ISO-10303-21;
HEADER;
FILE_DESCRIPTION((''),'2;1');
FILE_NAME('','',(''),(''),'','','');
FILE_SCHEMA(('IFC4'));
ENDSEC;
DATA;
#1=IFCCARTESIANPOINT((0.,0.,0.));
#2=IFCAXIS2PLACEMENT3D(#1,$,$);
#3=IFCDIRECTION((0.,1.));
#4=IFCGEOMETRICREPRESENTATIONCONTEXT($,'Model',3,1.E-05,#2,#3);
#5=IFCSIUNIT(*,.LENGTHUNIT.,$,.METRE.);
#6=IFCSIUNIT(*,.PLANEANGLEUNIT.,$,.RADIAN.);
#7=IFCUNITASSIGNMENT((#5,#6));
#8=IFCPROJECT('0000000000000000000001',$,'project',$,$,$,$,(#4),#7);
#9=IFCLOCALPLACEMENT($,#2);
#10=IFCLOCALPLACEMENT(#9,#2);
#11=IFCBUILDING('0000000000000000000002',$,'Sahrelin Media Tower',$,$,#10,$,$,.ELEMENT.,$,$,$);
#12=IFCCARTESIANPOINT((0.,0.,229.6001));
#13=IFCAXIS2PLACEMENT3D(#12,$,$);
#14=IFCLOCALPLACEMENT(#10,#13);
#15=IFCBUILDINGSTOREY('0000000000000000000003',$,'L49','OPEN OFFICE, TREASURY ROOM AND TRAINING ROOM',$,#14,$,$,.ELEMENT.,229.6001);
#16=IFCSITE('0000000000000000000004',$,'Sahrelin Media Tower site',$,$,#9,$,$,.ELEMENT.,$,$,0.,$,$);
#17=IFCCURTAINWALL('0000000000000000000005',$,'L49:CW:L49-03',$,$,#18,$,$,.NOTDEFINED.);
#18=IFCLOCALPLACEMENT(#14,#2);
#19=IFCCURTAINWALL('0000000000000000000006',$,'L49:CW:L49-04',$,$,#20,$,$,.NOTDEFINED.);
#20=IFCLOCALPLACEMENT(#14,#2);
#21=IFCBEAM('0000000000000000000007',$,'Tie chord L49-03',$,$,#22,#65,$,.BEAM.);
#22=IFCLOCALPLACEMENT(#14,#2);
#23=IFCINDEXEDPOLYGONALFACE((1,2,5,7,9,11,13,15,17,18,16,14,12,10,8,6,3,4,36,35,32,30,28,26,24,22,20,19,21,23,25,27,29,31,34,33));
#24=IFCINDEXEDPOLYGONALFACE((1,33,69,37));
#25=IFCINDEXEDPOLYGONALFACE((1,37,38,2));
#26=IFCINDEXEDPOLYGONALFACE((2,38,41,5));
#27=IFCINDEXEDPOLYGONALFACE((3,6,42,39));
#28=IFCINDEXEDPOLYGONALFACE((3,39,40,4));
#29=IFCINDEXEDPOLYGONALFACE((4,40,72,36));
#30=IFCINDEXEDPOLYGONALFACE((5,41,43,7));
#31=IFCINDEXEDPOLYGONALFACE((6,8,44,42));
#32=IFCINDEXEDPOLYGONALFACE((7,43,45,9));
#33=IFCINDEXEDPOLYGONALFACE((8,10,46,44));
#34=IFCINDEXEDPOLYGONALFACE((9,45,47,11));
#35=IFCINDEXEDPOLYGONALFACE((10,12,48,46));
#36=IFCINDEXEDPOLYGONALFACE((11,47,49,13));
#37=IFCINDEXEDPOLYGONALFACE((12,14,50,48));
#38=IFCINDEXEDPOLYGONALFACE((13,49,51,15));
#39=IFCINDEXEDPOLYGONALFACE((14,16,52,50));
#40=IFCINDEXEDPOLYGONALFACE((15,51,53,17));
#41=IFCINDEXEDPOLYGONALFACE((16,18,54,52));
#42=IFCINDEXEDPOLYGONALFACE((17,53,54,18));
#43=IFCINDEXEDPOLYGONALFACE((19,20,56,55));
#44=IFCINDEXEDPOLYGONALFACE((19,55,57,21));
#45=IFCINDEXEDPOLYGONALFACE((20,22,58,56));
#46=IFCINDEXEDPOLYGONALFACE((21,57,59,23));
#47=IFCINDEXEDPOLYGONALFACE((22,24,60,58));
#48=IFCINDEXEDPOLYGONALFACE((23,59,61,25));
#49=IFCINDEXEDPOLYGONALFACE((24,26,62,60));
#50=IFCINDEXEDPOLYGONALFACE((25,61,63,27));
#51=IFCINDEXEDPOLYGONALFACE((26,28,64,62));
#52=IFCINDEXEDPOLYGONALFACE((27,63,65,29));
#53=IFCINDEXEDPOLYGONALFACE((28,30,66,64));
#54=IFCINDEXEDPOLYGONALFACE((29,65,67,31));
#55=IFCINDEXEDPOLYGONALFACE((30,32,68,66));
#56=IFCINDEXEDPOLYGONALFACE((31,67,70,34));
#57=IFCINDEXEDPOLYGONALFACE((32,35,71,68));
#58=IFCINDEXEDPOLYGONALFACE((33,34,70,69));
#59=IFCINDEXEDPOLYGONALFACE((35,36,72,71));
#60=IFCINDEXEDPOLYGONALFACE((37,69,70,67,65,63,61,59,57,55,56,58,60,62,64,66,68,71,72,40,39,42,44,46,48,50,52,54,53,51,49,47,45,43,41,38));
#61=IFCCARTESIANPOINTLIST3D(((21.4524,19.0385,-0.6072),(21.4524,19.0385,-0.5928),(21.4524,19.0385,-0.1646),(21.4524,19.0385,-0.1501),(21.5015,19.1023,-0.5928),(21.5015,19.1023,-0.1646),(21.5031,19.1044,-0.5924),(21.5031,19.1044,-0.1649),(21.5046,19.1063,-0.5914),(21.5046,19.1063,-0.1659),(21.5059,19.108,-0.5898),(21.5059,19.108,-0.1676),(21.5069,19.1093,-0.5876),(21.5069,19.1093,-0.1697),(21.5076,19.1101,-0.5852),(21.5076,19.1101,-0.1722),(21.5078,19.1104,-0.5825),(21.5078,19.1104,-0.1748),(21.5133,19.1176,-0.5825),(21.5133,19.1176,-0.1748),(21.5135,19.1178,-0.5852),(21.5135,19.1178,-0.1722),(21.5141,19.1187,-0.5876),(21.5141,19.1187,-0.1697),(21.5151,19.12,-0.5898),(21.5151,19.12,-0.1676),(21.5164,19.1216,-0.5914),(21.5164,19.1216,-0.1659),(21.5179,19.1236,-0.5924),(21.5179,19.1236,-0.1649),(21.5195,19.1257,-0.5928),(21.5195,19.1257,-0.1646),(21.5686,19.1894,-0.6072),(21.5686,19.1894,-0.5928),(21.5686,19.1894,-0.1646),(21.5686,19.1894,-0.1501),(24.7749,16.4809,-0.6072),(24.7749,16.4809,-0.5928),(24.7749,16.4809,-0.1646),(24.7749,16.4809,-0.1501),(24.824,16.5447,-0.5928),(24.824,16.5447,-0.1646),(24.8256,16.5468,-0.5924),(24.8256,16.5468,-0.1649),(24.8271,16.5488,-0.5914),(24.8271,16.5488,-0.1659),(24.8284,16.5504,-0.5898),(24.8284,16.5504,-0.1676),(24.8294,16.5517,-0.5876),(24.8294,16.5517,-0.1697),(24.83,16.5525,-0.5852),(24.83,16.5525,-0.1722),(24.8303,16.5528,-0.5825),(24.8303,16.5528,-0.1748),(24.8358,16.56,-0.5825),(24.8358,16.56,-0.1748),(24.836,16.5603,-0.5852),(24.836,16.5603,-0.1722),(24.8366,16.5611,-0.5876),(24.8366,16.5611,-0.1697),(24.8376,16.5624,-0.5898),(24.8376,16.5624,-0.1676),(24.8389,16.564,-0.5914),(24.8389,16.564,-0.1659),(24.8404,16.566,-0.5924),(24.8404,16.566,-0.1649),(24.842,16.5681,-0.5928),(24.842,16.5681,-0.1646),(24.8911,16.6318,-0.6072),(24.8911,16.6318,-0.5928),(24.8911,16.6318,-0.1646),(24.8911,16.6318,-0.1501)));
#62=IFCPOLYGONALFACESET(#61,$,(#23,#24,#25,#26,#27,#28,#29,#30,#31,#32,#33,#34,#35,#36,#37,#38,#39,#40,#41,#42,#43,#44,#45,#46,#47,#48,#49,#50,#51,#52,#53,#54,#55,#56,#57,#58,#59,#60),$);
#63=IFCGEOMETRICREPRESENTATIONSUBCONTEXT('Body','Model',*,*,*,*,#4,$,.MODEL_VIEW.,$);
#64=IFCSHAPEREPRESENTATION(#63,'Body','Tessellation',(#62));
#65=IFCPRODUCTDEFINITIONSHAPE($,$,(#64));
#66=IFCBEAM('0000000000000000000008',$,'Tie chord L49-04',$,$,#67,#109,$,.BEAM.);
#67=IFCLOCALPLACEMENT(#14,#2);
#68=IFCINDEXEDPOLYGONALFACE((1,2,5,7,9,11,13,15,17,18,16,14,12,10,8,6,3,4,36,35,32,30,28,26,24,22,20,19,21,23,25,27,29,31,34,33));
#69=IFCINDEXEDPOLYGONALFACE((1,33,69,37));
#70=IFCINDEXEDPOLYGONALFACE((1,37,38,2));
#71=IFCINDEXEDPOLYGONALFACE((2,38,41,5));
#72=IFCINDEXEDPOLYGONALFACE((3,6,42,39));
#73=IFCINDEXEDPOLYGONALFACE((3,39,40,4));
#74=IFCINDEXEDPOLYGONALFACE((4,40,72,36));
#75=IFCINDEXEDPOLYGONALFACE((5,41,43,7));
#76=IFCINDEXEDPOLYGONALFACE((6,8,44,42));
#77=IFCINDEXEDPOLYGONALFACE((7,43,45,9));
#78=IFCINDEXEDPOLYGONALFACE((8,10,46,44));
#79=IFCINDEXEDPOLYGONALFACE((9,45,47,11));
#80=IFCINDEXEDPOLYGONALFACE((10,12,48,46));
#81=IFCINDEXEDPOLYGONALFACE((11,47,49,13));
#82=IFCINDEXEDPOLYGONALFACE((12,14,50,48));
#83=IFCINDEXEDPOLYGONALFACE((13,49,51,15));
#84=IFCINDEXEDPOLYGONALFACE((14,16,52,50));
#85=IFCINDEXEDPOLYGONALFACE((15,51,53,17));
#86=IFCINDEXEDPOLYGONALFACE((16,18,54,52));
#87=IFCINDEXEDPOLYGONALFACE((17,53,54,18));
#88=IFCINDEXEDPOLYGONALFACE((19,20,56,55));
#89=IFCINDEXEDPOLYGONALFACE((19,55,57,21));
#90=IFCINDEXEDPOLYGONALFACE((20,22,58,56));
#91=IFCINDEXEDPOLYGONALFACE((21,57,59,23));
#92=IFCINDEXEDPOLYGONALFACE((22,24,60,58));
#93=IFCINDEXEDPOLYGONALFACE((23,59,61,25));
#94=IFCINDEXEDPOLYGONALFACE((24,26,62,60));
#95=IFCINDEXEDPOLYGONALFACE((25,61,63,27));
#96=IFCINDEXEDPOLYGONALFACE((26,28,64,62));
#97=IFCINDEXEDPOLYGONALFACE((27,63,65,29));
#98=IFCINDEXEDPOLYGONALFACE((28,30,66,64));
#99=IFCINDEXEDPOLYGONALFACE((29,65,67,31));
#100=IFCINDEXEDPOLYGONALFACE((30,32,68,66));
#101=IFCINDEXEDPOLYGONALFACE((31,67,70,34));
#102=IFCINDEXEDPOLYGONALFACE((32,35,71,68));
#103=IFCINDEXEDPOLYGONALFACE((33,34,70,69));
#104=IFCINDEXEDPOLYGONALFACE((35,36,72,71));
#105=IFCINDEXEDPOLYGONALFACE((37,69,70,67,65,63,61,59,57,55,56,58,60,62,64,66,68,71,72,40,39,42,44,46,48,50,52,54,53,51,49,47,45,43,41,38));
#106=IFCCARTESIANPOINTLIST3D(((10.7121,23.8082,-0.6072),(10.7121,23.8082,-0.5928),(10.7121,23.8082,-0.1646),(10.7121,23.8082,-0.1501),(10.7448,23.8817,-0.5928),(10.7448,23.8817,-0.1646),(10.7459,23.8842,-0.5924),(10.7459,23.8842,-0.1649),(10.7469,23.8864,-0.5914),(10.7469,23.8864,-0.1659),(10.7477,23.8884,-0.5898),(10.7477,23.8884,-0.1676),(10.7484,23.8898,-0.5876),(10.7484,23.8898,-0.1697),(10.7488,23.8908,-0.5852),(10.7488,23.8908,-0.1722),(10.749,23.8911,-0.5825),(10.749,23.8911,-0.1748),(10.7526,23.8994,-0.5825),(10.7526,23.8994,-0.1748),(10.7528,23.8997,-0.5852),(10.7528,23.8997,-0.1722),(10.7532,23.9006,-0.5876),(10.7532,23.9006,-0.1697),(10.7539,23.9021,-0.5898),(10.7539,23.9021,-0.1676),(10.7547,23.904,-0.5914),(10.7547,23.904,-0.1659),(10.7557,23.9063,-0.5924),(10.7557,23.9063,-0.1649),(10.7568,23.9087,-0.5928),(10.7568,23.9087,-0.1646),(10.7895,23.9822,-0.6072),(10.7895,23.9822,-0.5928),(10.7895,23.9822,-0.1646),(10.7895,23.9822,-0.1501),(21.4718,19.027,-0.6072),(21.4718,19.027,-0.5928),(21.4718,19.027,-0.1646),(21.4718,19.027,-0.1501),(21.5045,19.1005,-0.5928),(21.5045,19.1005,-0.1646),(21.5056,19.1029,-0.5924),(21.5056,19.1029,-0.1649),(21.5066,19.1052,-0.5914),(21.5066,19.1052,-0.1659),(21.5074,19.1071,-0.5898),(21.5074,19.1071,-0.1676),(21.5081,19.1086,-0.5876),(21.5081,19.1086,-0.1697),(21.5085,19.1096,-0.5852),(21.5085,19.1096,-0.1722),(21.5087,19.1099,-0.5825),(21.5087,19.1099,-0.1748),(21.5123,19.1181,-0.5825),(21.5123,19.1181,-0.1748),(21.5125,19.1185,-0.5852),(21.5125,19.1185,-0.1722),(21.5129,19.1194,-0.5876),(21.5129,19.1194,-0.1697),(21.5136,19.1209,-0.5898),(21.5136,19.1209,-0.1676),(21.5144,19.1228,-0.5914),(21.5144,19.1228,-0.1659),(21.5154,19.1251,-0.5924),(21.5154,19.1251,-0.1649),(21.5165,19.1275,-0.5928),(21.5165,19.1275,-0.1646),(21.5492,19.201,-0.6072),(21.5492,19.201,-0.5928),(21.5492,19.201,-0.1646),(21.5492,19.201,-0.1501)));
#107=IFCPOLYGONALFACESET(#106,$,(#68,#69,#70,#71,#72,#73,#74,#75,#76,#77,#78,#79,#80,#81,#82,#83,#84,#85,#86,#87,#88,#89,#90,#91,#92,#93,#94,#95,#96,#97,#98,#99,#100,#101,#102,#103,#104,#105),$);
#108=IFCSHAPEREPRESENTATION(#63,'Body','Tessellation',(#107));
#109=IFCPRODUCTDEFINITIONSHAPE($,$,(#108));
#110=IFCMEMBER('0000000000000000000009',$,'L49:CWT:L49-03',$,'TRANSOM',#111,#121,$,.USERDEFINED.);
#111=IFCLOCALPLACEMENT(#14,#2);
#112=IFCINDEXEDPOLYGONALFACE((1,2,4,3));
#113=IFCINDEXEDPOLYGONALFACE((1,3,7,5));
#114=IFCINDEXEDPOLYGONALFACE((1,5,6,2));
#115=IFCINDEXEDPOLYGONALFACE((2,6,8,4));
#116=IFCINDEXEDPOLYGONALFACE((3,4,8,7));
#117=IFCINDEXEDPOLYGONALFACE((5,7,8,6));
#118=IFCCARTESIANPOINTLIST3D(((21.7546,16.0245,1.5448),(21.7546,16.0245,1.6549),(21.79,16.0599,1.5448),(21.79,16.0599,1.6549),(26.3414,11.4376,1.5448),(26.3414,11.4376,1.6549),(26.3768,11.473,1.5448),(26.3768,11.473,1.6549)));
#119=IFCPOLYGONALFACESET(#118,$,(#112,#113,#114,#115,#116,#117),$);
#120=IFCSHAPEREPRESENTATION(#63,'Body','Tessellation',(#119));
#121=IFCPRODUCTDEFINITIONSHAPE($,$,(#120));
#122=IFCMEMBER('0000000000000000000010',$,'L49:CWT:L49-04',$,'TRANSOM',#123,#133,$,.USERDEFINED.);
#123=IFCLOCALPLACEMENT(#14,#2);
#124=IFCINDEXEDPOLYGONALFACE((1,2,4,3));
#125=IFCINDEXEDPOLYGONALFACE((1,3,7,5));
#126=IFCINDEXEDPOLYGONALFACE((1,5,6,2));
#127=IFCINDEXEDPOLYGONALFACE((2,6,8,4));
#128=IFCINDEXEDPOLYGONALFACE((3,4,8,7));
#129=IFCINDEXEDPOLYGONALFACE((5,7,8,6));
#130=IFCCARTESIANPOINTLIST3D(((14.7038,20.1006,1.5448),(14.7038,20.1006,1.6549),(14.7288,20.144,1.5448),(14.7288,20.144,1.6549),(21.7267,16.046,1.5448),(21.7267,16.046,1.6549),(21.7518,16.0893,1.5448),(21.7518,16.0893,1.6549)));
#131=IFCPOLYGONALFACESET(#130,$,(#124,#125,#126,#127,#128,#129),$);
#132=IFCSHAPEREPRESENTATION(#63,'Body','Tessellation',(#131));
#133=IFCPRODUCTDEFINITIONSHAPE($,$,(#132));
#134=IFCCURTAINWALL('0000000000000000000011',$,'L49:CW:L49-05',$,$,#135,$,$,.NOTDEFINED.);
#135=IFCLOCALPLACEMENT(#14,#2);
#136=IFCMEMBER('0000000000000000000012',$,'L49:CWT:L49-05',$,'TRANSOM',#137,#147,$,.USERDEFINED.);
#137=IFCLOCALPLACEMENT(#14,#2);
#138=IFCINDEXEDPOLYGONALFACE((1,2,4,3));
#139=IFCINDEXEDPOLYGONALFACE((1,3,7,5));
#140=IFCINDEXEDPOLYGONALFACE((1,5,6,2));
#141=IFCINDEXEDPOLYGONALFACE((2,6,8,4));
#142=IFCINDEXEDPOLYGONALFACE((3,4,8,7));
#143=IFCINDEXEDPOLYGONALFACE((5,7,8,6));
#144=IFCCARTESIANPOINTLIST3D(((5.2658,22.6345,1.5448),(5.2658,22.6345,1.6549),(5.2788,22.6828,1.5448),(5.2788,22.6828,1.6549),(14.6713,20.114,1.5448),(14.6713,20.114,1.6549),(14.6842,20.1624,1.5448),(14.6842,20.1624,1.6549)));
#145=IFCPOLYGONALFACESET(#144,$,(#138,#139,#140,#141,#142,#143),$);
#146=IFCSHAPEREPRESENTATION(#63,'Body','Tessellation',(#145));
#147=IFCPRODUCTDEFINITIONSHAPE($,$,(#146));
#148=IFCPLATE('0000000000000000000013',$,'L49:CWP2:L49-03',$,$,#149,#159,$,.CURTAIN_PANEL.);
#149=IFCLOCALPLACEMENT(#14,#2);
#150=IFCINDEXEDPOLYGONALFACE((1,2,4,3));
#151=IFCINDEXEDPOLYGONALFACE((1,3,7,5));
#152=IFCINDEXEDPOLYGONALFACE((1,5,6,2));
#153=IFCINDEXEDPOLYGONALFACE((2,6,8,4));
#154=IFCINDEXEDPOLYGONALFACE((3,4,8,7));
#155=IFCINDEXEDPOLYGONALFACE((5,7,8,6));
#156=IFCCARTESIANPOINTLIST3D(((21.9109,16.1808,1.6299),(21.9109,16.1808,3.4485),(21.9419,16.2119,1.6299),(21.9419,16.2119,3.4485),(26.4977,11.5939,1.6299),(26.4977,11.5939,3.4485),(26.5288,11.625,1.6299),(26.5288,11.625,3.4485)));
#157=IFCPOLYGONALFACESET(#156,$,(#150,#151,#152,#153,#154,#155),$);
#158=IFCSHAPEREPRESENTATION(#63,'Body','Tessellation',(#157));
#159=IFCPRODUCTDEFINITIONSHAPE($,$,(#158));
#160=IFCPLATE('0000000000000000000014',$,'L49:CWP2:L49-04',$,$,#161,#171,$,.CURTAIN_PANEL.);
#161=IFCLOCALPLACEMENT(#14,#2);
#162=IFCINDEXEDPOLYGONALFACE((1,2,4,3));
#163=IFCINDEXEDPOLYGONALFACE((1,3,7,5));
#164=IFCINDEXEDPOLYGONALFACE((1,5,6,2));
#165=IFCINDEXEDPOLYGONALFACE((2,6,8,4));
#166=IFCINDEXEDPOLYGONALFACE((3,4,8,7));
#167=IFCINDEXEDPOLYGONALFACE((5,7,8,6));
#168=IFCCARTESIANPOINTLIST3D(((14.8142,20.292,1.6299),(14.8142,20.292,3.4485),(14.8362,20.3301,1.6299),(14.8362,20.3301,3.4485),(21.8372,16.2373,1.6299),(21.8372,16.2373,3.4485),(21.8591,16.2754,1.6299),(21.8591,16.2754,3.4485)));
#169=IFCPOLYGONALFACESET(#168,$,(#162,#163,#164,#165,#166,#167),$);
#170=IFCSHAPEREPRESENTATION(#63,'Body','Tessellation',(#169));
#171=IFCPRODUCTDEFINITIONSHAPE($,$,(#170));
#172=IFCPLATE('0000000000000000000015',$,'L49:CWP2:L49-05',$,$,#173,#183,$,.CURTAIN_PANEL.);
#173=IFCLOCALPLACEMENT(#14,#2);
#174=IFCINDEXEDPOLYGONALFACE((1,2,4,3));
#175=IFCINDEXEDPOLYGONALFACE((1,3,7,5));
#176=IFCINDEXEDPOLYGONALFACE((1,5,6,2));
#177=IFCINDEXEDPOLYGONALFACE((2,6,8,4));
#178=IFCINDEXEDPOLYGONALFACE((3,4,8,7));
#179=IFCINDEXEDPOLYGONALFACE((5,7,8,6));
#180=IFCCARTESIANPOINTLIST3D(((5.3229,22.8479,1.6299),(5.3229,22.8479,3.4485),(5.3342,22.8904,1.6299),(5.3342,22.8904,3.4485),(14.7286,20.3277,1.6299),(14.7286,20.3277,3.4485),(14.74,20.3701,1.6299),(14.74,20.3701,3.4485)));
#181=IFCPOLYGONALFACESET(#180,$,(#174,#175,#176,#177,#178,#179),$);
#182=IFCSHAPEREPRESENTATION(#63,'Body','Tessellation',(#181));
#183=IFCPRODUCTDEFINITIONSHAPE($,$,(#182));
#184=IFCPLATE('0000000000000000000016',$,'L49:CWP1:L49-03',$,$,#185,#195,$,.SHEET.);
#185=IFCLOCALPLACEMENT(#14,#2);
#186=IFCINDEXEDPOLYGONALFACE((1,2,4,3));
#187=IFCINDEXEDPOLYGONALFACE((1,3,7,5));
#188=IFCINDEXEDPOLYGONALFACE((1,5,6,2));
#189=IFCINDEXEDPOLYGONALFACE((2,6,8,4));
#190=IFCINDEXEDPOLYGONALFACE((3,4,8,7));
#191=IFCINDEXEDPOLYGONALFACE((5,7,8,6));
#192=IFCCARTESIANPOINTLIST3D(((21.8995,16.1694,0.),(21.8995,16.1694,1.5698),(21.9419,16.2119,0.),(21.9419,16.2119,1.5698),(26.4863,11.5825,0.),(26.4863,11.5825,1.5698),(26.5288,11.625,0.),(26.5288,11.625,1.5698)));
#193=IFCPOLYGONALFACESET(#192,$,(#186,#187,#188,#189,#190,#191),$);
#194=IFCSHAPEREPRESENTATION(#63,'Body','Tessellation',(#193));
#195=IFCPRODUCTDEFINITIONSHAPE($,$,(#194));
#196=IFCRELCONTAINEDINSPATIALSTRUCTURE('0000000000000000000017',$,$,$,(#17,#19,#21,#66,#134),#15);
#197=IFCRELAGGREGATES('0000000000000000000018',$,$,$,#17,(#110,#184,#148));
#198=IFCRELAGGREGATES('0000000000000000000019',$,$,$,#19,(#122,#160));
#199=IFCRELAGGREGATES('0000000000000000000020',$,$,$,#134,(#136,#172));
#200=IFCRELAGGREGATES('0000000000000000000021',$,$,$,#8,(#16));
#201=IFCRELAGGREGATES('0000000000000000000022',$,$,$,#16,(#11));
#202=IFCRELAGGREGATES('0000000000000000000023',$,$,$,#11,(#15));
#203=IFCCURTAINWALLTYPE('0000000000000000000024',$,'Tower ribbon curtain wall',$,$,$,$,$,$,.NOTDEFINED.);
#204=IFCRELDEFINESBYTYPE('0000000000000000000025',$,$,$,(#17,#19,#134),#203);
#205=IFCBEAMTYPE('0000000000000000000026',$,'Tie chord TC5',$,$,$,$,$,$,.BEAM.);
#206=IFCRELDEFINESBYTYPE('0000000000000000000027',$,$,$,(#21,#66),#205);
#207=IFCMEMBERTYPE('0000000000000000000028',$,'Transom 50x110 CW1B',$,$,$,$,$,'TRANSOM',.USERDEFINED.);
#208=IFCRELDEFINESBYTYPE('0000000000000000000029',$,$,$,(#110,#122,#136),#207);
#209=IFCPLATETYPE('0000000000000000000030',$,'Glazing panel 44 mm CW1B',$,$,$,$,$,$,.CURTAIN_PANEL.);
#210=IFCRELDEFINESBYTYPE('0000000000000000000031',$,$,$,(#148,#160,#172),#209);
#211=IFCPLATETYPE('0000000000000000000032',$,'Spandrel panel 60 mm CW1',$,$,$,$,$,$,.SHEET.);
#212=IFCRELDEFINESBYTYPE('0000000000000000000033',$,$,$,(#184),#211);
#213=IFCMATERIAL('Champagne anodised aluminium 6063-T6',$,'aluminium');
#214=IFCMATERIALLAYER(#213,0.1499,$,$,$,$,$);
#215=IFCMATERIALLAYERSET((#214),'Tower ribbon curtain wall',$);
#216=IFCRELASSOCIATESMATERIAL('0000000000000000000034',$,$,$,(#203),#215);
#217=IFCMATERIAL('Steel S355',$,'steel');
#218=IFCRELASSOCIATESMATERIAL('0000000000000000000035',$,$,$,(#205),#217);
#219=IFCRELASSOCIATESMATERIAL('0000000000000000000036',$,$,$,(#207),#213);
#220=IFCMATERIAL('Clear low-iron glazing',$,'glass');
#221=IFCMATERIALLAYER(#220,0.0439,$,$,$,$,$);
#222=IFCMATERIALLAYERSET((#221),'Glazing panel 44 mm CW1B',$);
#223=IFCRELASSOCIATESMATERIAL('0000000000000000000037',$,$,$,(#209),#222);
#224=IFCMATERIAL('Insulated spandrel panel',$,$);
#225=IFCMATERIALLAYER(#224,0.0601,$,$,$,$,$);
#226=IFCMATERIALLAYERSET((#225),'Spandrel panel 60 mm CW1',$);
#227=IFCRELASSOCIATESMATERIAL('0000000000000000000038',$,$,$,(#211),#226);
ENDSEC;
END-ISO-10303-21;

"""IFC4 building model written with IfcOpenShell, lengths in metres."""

from ifc_helpers import new_model, si_unit, direction, frame, origin, origin_2d, place, context, subcontext, project, spatial, polyline, rectangle, i_section, outline, extrude, material, layer, layer_set, material_profile, profile_set, type_object, element, aggregate, save


model = new_model("IFC4")

# Units and contexts
model_context = context("Model", 3, precision=1e-05, world=origin(), true_north=direction((0.0, 1.0)))
body_context = subcontext(model_context, "Body", "Model", "MODEL_VIEW")
ifc_project = project(units=[si_unit("LENGTHUNIT", "METRE"), si_unit("PLANEANGLEUNIT", "RADIAN")], contexts=[model_context])

# Site, building, storey
site_placement = place(None, origin())
site = spatial("IfcSite", under=ifc_project, at=site_placement, Name="Sahrelin Media Tower site", CompositionType="ELEMENT", RefElevation=0.0)
building_placement = place(site_placement, origin())
building = spatial("IfcBuilding", under=site, at=building_placement, Name="Sahrelin Media Tower", CompositionType="ELEMENT")
storey_placement = place(building_placement, frame((0.0, 0.0, 229.6001)))
storey = spatial("IfcBuildingStorey", under=building, at=storey_placement, Name="L49", Description="OPEN OFFICE, TREASURY ROOM AND TRAINING ROOM", CompositionType="ELEMENT", Elevation=229.6001)

# Shared definitions
ifc_material_1 = material(Name="Steel S355", Category="steel")

# Curtain walls
ifc_material_2 = material(Name="Champagne anodised aluminium 6063-T6", Category="aluminium")
ifc_layer_1 = layer(ifc_material_2, 0.1499)
ifc_layer_set_1 = layer_set([ifc_layer_1], Name="Tower ribbon curtain wall")
curtain_wall_type = type_object("IfcCurtainWallType", Name="Tower ribbon curtain wall", PredefinedType="NOTDEFINED", material=ifc_layer_set_1)
curtain_wall_1_placement = place(storey_placement, frame((24.2212, 13.9043, 0.0), z_axis=(0.0, 0.0, 1.0), x_axis=(1.0, 0.0, 0.0)))
curtain_wall_1 = element("IfcCurtainWall", 1, at=curtain_wall_1_placement, inside=storey, type_object=curtain_wall_type, Name="L49:CW:L49-03", PredefinedType="NOTDEFINED")
curtain_wall_2_placement = place(storey_placement, frame((18.3376, 18.2856, 0.0), z_axis=(0.0, 0.0, 1.0), x_axis=(1.0, 0.0, 0.0)))
curtain_wall_2 = element("IfcCurtainWall", 2, at=curtain_wall_2_placement, inside=storey, type_object=curtain_wall_type, Name="L49:CW:L49-04", PredefinedType="NOTDEFINED")

# Beams
ifc_material_profile_1 = material_profile(ifc_material_1, i_section(OverallWidth=0.1904, OverallDepth=0.457, WebThickness=0.009, FlangeThickness=0.0144, FilletRadius=0.0103, at=origin_2d()), Name="UB 457x191x74")
ifc_profile_set_1 = profile_set([ifc_material_profile_1], Name="Steel S355")
beam_type_1 = type_object("IfcBeamType", Name="Tie chord TC5", PredefinedType="BEAM", material=ifc_profile_set_1)
beam_1_placement = place(storey_placement, frame((24.833, 16.5564, -0.3787), z_axis=(-0.792412, 0.609986, 0.0), x_axis=(-0.609986, -0.792412, 0.0)))
element("IfcBeam", 3, at=beam_1_placement, inside=storey, type_object=beam_type_1, Name="Tie chord L49-03", PredefinedType="BEAM", context=body_context, shape_type="SweptSolid", body=[
    extrude(i_section(OverallWidth=0.1904, OverallDepth=0.457, WebThickness=0.009, FlangeThickness=0.0144, FilletRadius=0.0103, at=origin_2d()), origin(), (0.0, 0.0, 1.0), 4.1929),
])
beam_2_placement = place(storey_placement, frame((21.5105, 19.114, -0.3787), z_axis=(-0.913839, 0.406077, 0.0), x_axis=(-0.406077, -0.913839, 0.0)))
element("IfcBeam", 4, at=beam_2_placement, inside=storey, type_object=beam_type_1, Name="Tie chord L49-04", PredefinedType="BEAM", context=body_context, shape_type="SweptSolid", body=[
    extrude(i_section(OverallWidth=0.1904, OverallDepth=0.457, WebThickness=0.009, FlangeThickness=0.0144, FilletRadius=0.0103, at=origin_2d()), origin(), (0.0, 0.0, 1.0), 11.7742),
])

# Members
ifc_material_profile_2 = material_profile(ifc_material_2, rectangle(XDim=0.05, YDim=0.1101, at=origin_2d()), Name="Transom 50x110")
ifc_profile_set_2 = profile_set([ifc_material_profile_2], Name="Champagne anodised aluminium 6063-T6")
member_type_1 = type_object("IfcMemberType", Name="Transom 50x110 CW1B", ElementType="TRANSOM", PredefinedType="USERDEFINED", material=ifc_profile_set_2)
member_1_placement = place(storey_placement, frame((26.3591, 11.4553, 1.5999), z_axis=(-0.707107, 0.707107, 0.0), x_axis=(-0.707107, -0.707107, 0.0)))
member_1 = element("IfcMember", 5, at=member_1_placement, type_object=member_type_1, Name="L49:CWT:L49-03", ObjectType="TRANSOM", PredefinedType="USERDEFINED", context=body_context, shape_type="SweptSolid", body=[
    extrude(rectangle(XDim=0.05, YDim=0.1101, at=origin_2d()), origin(), (0.0, 0.0, 1.0), 6.4868),
])
member_2_placement = place(storey_placement, frame((21.7393, 16.0676, 1.5999), z_axis=(-0.866026, 0.499999, 0.0), x_axis=(-0.499999, -0.866026, 0.0)))
member_2 = element("IfcMember", 6, at=member_2_placement, type_object=member_type_1, Name="L49:CWT:L49-04", ObjectType="TRANSOM", PredefinedType="USERDEFINED", context=body_context, shape_type="SweptSolid", body=[
    extrude(rectangle(XDim=0.05, YDim=0.1101, at=origin_2d()), origin(), (0.0, 0.0, 1.0), 8.1094),
])

# Curtain wall, member
curtain_wall_3_placement = place(storey_placement, frame((10.032, 21.6108, 0.0), z_axis=(0.0, 0.0, 1.0), x_axis=(1.0, 0.0, 0.0)))
curtain_wall_3 = element("IfcCurtainWall", 7, at=curtain_wall_3_placement, inside=storey, type_object=curtain_wall_type, Name="L49:CW:L49-05", PredefinedType="NOTDEFINED")
member_3_placement = place(storey_placement, frame((14.6777, 20.1382, 1.5999), z_axis=(-0.965918, 0.258848, 0.0), x_axis=(-0.258848, -0.965918, 0.0)))
member_3 = element("IfcMember", 8, at=member_3_placement, type_object=member_type_1, Name="L49:CWT:L49-05", ObjectType="TRANSOM", PredefinedType="USERDEFINED", context=body_context, shape_type="SweptSolid", body=[
    extrude(rectangle(XDim=0.05, YDim=0.1101, at=origin_2d()), origin(), (0.0, 0.0, 1.0), 9.7373),
])

# Plates
ifc_material_3 = material(Name="Clear low-iron glazing", Category="glass")
ifc_layer_2 = layer(ifc_material_3, 0.0439)
ifc_layer_set_2 = layer_set([ifc_layer_2], Name="Glazing panel 44 mm CW1B")
plate_type_1 = type_object("IfcPlateType", Name="Glazing panel 44 mm CW1B", PredefinedType="CURTAIN_PANEL", material=ifc_layer_set_2)
plate_1_placement = place(storey_placement, frame((26.5288, 11.625, 1.6299), z_axis=(0.707107, 0.707107, 0.0), x_axis=(-0.707107, 0.707107, 0.0)))
plate_1 = element("IfcPlate", 9, at=plate_1_placement, type_object=plate_type_1, Name="L49:CWP2:L49-03", PredefinedType="CURTAIN_PANEL", context=body_context, shape_type="SweptSolid", body=[
    extrude(outline(polyline([(0.0, 0.0), (6.4868, 0.0), (6.4868, 1.8186), (0.0, 1.8186), (0.0, 0.0)])), origin(), (0.0, 0.0, -1.0), 0.0439),
])
plate_2_placement = place(storey_placement, frame((21.8591, 16.2754, 1.6299), z_axis=(0.499999, 0.866026, 0.0), x_axis=(-0.866026, 0.499999, 0.0)))
plate_2 = element("IfcPlate", 10, at=plate_2_placement, type_object=plate_type_1, Name="L49:CWP2:L49-04", PredefinedType="CURTAIN_PANEL", context=body_context, shape_type="SweptSolid", body=[
    extrude(outline(polyline([(0.0, 0.0), (8.1094, 0.0), (8.1094, 1.8186), (0.0, 1.8186), (0.0, 0.0)])), origin(), (0.0, 0.0, -1.0), 0.0439),
])
plate_3_placement = place(storey_placement, frame((14.74, 20.3701, 1.6299), z_axis=(0.258819, 0.965926, 0.0), x_axis=(-0.965926, 0.258819, 0.0)))
plate_3 = element("IfcPlate", 11, at=plate_3_placement, type_object=plate_type_1, Name="L49:CWP2:L49-05", PredefinedType="CURTAIN_PANEL", context=body_context, shape_type="SweptSolid", body=[
    extrude(outline(polyline([(0.0, 0.0), (9.7375, 0.0), (9.7375, 1.8186), (0.0, 1.8186), (0.0, 0.0)])), origin(), (0.0, 0.0, -1.0), 0.0439),
])
ifc_material_4 = material(Name="Insulated spandrel panel")
ifc_layer_3 = layer(ifc_material_4, 0.0601)
ifc_layer_set_3 = layer_set([ifc_layer_3], Name="Spandrel panel 60 mm CW1")
plate_type_2 = type_object("IfcPlateType", Name="Spandrel panel 60 mm CW1", PredefinedType="SHEET", material=ifc_layer_set_3)
plate_4_placement = place(storey_placement, frame((26.5288, 11.625, 0.0), z_axis=(0.707107, 0.707107, 0.0), x_axis=(-0.707107, 0.707107, 0.0)))
plate_4 = element("IfcPlate", 12, at=plate_4_placement, type_object=plate_type_2, Name="L49:CWP1:L49-03", PredefinedType="SHEET", context=body_context, shape_type="SweptSolid", body=[
    extrude(outline(polyline([(0.0, 0.0), (6.4868, 0.0), (6.4868, 1.5698), (0.0, 1.5698), (0.0, 0.0)])), origin(), (0.0, 0.0, -1.0), 0.0601),
])
aggregate(curtain_wall_1, [member_1, plate_4, plate_1])
aggregate(curtain_wall_2, [member_2, plate_2])
aggregate(curtain_wall_3, [member_3, plate_3])

save(model, "model.ifc")
